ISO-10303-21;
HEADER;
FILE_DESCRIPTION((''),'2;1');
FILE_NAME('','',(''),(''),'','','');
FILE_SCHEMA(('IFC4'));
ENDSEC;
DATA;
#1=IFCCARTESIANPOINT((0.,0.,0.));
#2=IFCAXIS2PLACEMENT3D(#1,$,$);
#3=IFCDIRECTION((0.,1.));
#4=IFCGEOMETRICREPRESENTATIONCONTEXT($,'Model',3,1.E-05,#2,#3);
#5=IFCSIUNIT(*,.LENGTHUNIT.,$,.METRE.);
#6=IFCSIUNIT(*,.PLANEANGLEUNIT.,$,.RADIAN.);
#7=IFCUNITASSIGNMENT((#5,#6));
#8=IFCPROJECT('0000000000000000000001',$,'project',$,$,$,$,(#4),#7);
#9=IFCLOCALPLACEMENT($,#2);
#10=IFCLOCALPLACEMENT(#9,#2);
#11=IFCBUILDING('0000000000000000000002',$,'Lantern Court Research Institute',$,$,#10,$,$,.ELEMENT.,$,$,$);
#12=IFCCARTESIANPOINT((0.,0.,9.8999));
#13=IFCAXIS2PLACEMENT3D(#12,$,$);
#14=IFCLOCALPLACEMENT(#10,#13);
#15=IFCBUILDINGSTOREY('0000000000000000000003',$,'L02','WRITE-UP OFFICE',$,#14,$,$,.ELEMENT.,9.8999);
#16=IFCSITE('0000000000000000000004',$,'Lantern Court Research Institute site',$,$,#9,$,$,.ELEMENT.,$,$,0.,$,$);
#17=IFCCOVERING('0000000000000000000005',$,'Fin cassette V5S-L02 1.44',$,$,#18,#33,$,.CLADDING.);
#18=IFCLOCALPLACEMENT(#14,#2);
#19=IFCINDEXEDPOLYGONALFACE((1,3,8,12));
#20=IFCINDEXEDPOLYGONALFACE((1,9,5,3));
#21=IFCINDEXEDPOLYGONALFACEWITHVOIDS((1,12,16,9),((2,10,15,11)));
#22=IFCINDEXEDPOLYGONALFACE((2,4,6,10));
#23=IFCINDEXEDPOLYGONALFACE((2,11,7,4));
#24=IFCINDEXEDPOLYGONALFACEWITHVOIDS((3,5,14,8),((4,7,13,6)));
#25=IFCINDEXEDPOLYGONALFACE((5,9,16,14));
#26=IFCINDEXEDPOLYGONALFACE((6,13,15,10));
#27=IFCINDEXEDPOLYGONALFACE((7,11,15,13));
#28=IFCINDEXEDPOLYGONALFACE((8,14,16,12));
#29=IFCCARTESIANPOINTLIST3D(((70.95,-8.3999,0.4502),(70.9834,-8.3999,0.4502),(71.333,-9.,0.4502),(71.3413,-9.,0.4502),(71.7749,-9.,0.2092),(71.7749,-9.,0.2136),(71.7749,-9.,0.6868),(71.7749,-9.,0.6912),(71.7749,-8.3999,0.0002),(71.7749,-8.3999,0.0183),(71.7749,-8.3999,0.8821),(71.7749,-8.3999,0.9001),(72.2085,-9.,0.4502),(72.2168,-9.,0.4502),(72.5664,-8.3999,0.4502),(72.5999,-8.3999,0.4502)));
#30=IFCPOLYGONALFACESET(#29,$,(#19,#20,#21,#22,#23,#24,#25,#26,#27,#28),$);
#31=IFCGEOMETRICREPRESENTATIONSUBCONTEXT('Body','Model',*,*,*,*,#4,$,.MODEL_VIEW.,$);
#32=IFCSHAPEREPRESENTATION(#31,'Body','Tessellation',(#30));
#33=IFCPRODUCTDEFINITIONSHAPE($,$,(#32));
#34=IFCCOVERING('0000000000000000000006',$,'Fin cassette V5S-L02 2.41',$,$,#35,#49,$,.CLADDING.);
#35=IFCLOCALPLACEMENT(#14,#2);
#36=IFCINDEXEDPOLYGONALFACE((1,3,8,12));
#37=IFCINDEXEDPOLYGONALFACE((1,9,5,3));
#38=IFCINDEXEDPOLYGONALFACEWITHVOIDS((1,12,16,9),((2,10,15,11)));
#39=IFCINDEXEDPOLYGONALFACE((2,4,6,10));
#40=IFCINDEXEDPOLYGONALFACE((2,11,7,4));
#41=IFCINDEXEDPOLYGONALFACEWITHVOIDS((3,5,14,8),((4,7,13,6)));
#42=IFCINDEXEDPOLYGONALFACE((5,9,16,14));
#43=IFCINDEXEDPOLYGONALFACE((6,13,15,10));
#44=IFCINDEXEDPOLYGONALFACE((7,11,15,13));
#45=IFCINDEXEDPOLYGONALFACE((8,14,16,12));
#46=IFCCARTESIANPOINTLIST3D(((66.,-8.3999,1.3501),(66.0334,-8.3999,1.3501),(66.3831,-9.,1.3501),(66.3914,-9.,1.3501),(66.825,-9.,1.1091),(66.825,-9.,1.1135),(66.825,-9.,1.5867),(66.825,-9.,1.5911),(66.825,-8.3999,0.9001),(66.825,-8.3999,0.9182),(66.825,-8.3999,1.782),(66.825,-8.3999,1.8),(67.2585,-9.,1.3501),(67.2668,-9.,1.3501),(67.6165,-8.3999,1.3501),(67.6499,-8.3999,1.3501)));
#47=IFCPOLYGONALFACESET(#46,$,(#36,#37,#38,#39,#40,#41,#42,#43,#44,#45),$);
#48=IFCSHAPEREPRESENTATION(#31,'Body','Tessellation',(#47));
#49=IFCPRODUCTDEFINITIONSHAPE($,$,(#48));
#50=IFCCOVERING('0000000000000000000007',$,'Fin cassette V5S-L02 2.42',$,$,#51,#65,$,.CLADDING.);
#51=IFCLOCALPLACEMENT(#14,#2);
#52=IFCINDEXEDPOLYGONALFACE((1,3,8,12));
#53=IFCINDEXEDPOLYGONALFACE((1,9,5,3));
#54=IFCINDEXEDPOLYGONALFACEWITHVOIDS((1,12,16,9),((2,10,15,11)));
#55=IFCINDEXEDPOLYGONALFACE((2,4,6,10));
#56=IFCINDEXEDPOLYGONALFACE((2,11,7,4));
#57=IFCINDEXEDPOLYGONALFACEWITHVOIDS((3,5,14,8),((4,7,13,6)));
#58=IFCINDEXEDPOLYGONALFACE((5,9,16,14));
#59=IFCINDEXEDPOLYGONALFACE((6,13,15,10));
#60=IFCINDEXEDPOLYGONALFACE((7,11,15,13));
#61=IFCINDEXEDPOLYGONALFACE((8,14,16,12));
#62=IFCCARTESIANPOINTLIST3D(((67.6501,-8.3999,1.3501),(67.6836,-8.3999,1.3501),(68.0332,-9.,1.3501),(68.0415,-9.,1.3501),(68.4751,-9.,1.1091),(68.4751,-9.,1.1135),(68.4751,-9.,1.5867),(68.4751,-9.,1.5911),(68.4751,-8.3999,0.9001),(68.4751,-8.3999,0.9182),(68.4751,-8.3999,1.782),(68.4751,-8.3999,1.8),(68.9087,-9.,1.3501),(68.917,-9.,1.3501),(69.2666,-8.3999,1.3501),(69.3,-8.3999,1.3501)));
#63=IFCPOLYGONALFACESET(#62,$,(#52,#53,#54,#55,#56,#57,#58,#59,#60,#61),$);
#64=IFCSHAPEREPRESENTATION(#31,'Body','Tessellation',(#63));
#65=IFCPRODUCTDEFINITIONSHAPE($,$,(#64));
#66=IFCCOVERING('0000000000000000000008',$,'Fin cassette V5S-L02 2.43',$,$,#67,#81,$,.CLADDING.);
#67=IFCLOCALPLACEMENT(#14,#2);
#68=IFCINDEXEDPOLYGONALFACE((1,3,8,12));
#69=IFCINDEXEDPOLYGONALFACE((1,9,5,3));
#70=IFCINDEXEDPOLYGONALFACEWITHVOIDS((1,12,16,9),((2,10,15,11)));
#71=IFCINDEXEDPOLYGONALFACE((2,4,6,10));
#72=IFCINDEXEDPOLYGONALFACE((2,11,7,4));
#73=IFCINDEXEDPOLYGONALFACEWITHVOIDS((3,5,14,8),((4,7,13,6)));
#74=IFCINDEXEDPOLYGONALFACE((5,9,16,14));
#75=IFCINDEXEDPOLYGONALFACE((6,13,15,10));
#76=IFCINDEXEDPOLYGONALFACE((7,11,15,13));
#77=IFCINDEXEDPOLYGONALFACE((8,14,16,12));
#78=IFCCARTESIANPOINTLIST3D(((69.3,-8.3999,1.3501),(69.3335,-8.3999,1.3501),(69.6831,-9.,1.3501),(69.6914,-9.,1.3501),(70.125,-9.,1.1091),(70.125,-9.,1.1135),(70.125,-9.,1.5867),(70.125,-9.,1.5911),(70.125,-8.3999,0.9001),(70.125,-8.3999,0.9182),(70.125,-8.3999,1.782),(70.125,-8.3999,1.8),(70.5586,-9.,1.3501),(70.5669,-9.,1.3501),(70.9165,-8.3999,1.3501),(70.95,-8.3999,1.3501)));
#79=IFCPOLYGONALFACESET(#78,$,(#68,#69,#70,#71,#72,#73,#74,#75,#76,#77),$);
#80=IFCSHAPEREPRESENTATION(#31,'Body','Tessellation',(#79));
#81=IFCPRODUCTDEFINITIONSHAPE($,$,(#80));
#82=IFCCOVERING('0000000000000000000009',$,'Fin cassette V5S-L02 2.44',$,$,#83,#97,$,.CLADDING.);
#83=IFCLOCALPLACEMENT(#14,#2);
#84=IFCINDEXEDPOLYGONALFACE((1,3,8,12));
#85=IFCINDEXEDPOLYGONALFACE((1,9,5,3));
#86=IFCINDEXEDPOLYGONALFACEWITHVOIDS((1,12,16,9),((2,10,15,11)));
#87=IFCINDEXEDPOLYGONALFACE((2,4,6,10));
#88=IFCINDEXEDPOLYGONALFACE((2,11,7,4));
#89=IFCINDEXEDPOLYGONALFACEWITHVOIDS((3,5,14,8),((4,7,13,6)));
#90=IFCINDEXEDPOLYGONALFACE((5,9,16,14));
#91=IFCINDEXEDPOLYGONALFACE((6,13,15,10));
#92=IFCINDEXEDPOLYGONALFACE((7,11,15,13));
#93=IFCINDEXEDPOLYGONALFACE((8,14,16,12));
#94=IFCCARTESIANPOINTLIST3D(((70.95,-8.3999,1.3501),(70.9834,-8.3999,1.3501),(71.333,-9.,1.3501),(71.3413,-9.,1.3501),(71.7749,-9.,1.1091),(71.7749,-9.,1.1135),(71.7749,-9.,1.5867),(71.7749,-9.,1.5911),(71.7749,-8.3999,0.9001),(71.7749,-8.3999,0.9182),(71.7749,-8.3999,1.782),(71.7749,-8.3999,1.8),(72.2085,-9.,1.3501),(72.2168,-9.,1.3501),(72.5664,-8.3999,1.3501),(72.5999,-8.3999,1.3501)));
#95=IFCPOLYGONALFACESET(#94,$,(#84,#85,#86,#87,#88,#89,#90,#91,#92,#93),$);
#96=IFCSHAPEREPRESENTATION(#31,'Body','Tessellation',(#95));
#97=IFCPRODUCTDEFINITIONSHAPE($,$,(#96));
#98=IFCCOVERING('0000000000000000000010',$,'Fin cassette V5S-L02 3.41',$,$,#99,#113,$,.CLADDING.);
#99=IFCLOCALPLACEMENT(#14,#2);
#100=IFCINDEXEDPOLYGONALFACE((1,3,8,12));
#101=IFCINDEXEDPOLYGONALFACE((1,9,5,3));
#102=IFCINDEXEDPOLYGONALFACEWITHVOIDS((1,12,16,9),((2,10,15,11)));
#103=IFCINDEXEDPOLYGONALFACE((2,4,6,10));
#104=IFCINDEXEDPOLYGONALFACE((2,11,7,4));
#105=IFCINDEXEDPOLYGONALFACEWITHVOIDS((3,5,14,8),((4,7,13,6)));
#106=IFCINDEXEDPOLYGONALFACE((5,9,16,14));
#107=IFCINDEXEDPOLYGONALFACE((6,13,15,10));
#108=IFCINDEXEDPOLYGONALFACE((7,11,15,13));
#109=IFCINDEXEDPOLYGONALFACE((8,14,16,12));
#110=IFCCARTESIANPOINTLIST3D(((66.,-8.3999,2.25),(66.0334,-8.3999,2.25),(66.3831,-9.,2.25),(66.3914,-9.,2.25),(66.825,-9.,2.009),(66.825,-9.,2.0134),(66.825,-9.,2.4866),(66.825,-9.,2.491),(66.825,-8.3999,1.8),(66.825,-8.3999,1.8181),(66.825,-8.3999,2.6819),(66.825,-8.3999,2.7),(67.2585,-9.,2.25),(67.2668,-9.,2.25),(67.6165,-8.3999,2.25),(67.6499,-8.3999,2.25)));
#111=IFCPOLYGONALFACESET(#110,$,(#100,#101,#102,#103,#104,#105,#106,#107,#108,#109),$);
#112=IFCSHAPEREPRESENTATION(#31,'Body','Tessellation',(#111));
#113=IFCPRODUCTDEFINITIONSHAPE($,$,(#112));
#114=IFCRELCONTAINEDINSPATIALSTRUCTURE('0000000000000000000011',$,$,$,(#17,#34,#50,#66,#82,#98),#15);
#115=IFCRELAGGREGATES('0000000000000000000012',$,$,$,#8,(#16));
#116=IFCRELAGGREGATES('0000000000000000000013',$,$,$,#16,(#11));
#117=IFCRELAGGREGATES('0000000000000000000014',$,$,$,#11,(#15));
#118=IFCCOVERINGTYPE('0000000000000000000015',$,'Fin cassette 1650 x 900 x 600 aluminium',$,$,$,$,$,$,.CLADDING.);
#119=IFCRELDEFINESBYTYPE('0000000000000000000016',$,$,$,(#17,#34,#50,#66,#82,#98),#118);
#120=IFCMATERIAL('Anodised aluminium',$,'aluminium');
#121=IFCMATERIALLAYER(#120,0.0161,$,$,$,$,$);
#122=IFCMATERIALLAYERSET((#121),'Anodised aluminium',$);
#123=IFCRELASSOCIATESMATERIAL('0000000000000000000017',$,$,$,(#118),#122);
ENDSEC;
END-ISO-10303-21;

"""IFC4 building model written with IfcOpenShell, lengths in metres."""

from ifc_helpers import new_model, entity, si_unit, direction, frame, origin, place, context, subcontext, project, spatial, material, layer, layer_set, type_object, element, save


model = new_model("IFC4")

# Units and contexts
model_context = context("Model", 3, precision=1e-05, world=origin(), true_north=direction((0.0, 1.0)))
body_context = subcontext(model_context, "Body", "Model", "MODEL_VIEW")
ifc_project = project(units=[si_unit("LENGTHUNIT", "METRE"), si_unit("PLANEANGLEUNIT", "RADIAN")], contexts=[model_context])

# Site, building, storey
site_placement = place(None, origin())
site = spatial("IfcSite", under=ifc_project, at=site_placement, Name="Lantern Court Research Institute site", CompositionType="ELEMENT", RefElevation=0.0)
building_placement = place(site_placement, origin())
building = spatial("IfcBuilding", under=site, at=building_placement, Name="Lantern Court Research Institute", CompositionType="ELEMENT")
storey_placement = place(building_placement, frame((0.0, 0.0, 9.8999)))
storey = spatial("IfcBuildingStorey", under=building, at=storey_placement, Name="L02", Description="WRITE-UP OFFICE", CompositionType="ELEMENT", Elevation=9.8999)

# Coverings
ifc_material_1 = material(Name="Anodised aluminium", Category="aluminium")
ifc_layer_1 = layer(ifc_material_1, 0.0161)
ifc_layer_set_1 = layer_set([ifc_layer_1], Name="Anodised aluminium")
covering_type = type_object("IfcCoveringType", Name="Fin cassette 1650 x 900 x 600 aluminium", PredefinedType="CLADDING", material=ifc_layer_set_1)
covering_1_placement = place(storey_placement, frame((71.7749, -8.3999, 0.4502), z_axis=(0.0, -1.0, 0.0), x_axis=(1.0, 0.0, 0.0)))
cartesian_point_1 = entity("IfcCartesianPoint", [0.825, 0.0])
cartesian_point_2 = entity("IfcCartesianPoint", [0.7915, 0.0])
cartesian_point_3 = entity("IfcCartesianPoint", [0.4419, 0.0])
cartesian_point_4 = entity("IfcCartesianPoint", [0.4336, 0.0])
element("IfcCovering", 1, at=covering_1_placement, inside=storey, type_object=covering_type, Name="Fin cassette V5S-L02 1.44", PredefinedType="CLADDING", context=body_context, shape_type="SweptSolid", body=[
    entity("IfcExtrudedAreaSolidTapered", entity("IfcArbitraryProfileDefWithVoids", "AREA", None, entity("IfcPolyline", [cartesian_point_1, entity("IfcCartesianPoint", [0.0, 0.45]), entity("IfcCartesianPoint", [-0.825, 0.0]), entity("IfcCartesianPoint", [0.0, -0.45]), cartesian_point_1]), [entity("IfcPolyline", [cartesian_point_2, entity("IfcCartesianPoint", [0.0, 0.4319]), entity("IfcCartesianPoint", [-0.7915, 0.0]), entity("IfcCartesianPoint", [0.0, -0.4319]), cartesian_point_2])]), entity("IfcAxis2Placement3D", entity("IfcCartesianPoint", [0.0, 0.0, 0.0])), entity("IfcDirection", [0.0, 0.0, 1.0]), 0.6001, entity("IfcArbitraryProfileDefWithVoids", "AREA", None, entity("IfcPolyline", [cartesian_point_3, entity("IfcCartesianPoint", [0.0, 0.241]), entity("IfcCartesianPoint", [-0.4419, 0.0]), entity("IfcCartesianPoint", [0.0, -0.241]), cartesian_point_3]), [entity("IfcPolyline", [cartesian_point_4, entity("IfcCartesianPoint", [0.0, 0.2366]), entity("IfcCartesianPoint", [-0.4336, 0.0]), entity("IfcCartesianPoint", [0.0, -0.2366]), cartesian_point_4])])),
])
covering_2_placement = place(storey_placement, frame((66.825, -8.3999, 1.3501), z_axis=(0.0, -1.0, 0.0), x_axis=(1.0, 0.0, 0.0)))
cartesian_point_5 = entity("IfcCartesianPoint", [0.825, 0.0])
cartesian_point_6 = entity("IfcCartesianPoint", [0.7915, 0.0])
cartesian_point_7 = entity("IfcCartesianPoint", [0.4419, 0.0])
cartesian_point_8 = entity("IfcCartesianPoint", [0.4336, 0.0])
element("IfcCovering", 2, at=covering_2_placement, inside=storey, type_object=covering_type, Name="Fin cassette V5S-L02 2.41", PredefinedType="CLADDING", context=body_context, shape_type="SweptSolid", body=[
    entity("IfcExtrudedAreaSolidTapered", entity("IfcArbitraryProfileDefWithVoids", "AREA", None, entity("IfcPolyline", [cartesian_point_5, entity("IfcCartesianPoint", [0.0, 0.45]), entity("IfcCartesianPoint", [-0.825, 0.0]), entity("IfcCartesianPoint", [0.0, -0.45]), cartesian_point_5]), [entity("IfcPolyline", [cartesian_point_6, entity("IfcCartesianPoint", [0.0, 0.4319]), entity("IfcCartesianPoint", [-0.7915, 0.0]), entity("IfcCartesianPoint", [0.0, -0.4319]), cartesian_point_6])]), entity("IfcAxis2Placement3D", entity("IfcCartesianPoint", [0.0, 0.0, 0.0])), entity("IfcDirection", [0.0, 0.0, 1.0]), 0.6001, entity("IfcArbitraryProfileDefWithVoids", "AREA", None, entity("IfcPolyline", [cartesian_point_7, entity("IfcCartesianPoint", [0.0, 0.241]), entity("IfcCartesianPoint", [-0.4419, 0.0]), entity("IfcCartesianPoint", [0.0, -0.241]), cartesian_point_7]), [entity("IfcPolyline", [cartesian_point_8, entity("IfcCartesianPoint", [0.0, 0.2366]), entity("IfcCartesianPoint", [-0.4336, 0.0]), entity("IfcCartesianPoint", [0.0, -0.2366]), cartesian_point_8])])),
])
covering_3_placement = place(storey_placement, frame((68.4751, -8.3999, 1.3501), z_axis=(0.0, -1.0, 0.0), x_axis=(1.0, 0.0, 0.0)))
cartesian_point_9 = entity("IfcCartesianPoint", [0.825, 0.0])
cartesian_point_10 = entity("IfcCartesianPoint", [0.7915, 0.0])
cartesian_point_11 = entity("IfcCartesianPoint", [0.4419, 0.0])
cartesian_point_12 = entity("IfcCartesianPoint", [0.4336, 0.0])
element("IfcCovering", 3, at=covering_3_placement, inside=storey, type_object=covering_type, Name="Fin cassette V5S-L02 2.42", PredefinedType="CLADDING", context=body_context, shape_type="SweptSolid", body=[
    entity("IfcExtrudedAreaSolidTapered", entity("IfcArbitraryProfileDefWithVoids", "AREA", None, entity("IfcPolyline", [cartesian_point_9, entity("IfcCartesianPoint", [0.0, 0.45]), entity("IfcCartesianPoint", [-0.825, 0.0]), entity("IfcCartesianPoint", [0.0, -0.45]), cartesian_point_9]), [entity("IfcPolyline", [cartesian_point_10, entity("IfcCartesianPoint", [0.0, 0.4319]), entity("IfcCartesianPoint", [-0.7915, 0.0]), entity("IfcCartesianPoint", [0.0, -0.4319]), cartesian_point_10])]), entity("IfcAxis2Placement3D", entity("IfcCartesianPoint", [0.0, 0.0, 0.0])), entity("IfcDirection", [0.0, 0.0, 1.0]), 0.6001, entity("IfcArbitraryProfileDefWithVoids", "AREA", None, entity("IfcPolyline", [cartesian_point_11, entity("IfcCartesianPoint", [0.0, 0.241]), entity("IfcCartesianPoint", [-0.4419, 0.0]), entity("IfcCartesianPoint", [0.0, -0.241]), cartesian_point_11]), [entity("IfcPolyline", [cartesian_point_12, entity("IfcCartesianPoint", [0.0, 0.2366]), entity("IfcCartesianPoint", [-0.4336, 0.0]), entity("IfcCartesianPoint", [0.0, -0.2366]), cartesian_point_12])])),
])
covering_4_placement = place(storey_placement, frame((70.125, -8.3999, 1.3501), z_axis=(0.0, -1.0, 0.0), x_axis=(1.0, 0.0, 0.0)))
cartesian_point_13 = entity("IfcCartesianPoint", [0.825, 0.0])
cartesian_point_14 = entity("IfcCartesianPoint", [0.7915, 0.0])
cartesian_point_15 = entity("IfcCartesianPoint", [0.4419, 0.0])
cartesian_point_16 = entity("IfcCartesianPoint", [0.4336, 0.0])
element("IfcCovering", 4, at=covering_4_placement, inside=storey, type_object=covering_type, Name="Fin cassette V5S-L02 2.43", PredefinedType="CLADDING", context=body_context, shape_type="SweptSolid", body=[
    entity("IfcExtrudedAreaSolidTapered", entity("IfcArbitraryProfileDefWithVoids", "AREA", None, entity("IfcPolyline", [cartesian_point_13, entity("IfcCartesianPoint", [0.0, 0.45]), entity("IfcCartesianPoint", [-0.825, 0.0]), entity("IfcCartesianPoint", [0.0, -0.45]), cartesian_point_13]), [entity("IfcPolyline", [cartesian_point_14, entity("IfcCartesianPoint", [0.0, 0.4319]), entity("IfcCartesianPoint", [-0.7915, 0.0]), entity("IfcCartesianPoint", [0.0, -0.4319]), cartesian_point_14])]), entity("IfcAxis2Placement3D", entity("IfcCartesianPoint", [0.0, 0.0, 0.0])), entity("IfcDirection", [0.0, 0.0, 1.0]), 0.6001, entity("IfcArbitraryProfileDefWithVoids", "AREA", None, entity("IfcPolyline", [cartesian_point_15, entity("IfcCartesianPoint", [0.0, 0.241]), entity("IfcCartesianPoint", [-0.4419, 0.0]), entity("IfcCartesianPoint", [0.0, -0.241]), cartesian_point_15]), [entity("IfcPolyline", [cartesian_point_16, entity("IfcCartesianPoint", [0.0, 0.2366]), entity("IfcCartesianPoint", [-0.4336, 0.0]), entity("IfcCartesianPoint", [0.0, -0.2366]), cartesian_point_16])])),
])
covering_5_placement = place(storey_placement, frame((71.7749, -8.3999, 1.3501), z_axis=(0.0, -1.0, 0.0), x_axis=(1.0, 0.0, 0.0)))
cartesian_point_17 = entity("IfcCartesianPoint", [0.825, 0.0])
cartesian_point_18 = entity("IfcCartesianPoint", [0.7915, 0.0])
cartesian_point_19 = entity("IfcCartesianPoint", [0.4419, 0.0])
cartesian_point_20 = entity("IfcCartesianPoint", [0.4336, 0.0])
element("IfcCovering", 5, at=covering_5_placement, inside=storey, type_object=covering_type, Name="Fin cassette V5S-L02 2.44", PredefinedType="CLADDING", context=body_context, shape_type="SweptSolid", body=[
    entity("IfcExtrudedAreaSolidTapered", entity("IfcArbitraryProfileDefWithVoids", "AREA", None, entity("IfcPolyline", [cartesian_point_17, entity("IfcCartesianPoint", [0.0, 0.45]), entity("IfcCartesianPoint", [-0.825, 0.0]), entity("IfcCartesianPoint", [0.0, -0.45]), cartesian_point_17]), [entity("IfcPolyline", [cartesian_point_18, entity("IfcCartesianPoint", [0.0, 0.4319]), entity("IfcCartesianPoint", [-0.7915, 0.0]), entity("IfcCartesianPoint", [0.0, -0.4319]), cartesian_point_18])]), entity("IfcAxis2Placement3D", entity("IfcCartesianPoint", [0.0, 0.0, 0.0])), entity("IfcDirection", [0.0, 0.0, 1.0]), 0.6001, entity("IfcArbitraryProfileDefWithVoids", "AREA", None, entity("IfcPolyline", [cartesian_point_19, entity("IfcCartesianPoint", [0.0, 0.241]), entity("IfcCartesianPoint", [-0.4419, 0.0]), entity("IfcCartesianPoint", [0.0, -0.241]), cartesian_point_19]), [entity("IfcPolyline", [cartesian_point_20, entity("IfcCartesianPoint", [0.0, 0.2366]), entity("IfcCartesianPoint", [-0.4336, 0.0]), entity("IfcCartesianPoint", [0.0, -0.2366]), cartesian_point_20])])),
])
covering_6_placement = place(storey_placement, frame((66.825, -8.3999, 2.25), z_axis=(0.0, -1.0, 0.0), x_axis=(1.0, 0.0, 0.0)))
cartesian_point_21 = entity("IfcCartesianPoint", [0.825, 0.0])
cartesian_point_22 = entity("IfcCartesianPoint", [0.7915, 0.0])
cartesian_point_23 = entity("IfcCartesianPoint", [0.4419, 0.0])
cartesian_point_24 = entity("IfcCartesianPoint", [0.4336, 0.0])
element("IfcCovering", 6, at=covering_6_placement, inside=storey, type_object=covering_type, Name="Fin cassette V5S-L02 3.41", PredefinedType="CLADDING", context=body_context, shape_type="SweptSolid", body=[
    entity("IfcExtrudedAreaSolidTapered", entity("IfcArbitraryProfileDefWithVoids", "AREA", None, entity("IfcPolyline", [cartesian_point_21, entity("IfcCartesianPoint", [0.0, 0.45]), entity("IfcCartesianPoint", [-0.825, 0.0]), entity("IfcCartesianPoint", [0.0, -0.45]), cartesian_point_21]), [entity("IfcPolyline", [cartesian_point_22, entity("IfcCartesianPoint", [0.0, 0.4319]), entity("IfcCartesianPoint", [-0.7915, 0.0]), entity("IfcCartesianPoint", [0.0, -0.4319]), cartesian_point_22])]), entity("IfcAxis2Placement3D", entity("IfcCartesianPoint", [0.0, 0.0, 0.0])), entity("IfcDirection", [0.0, 0.0, 1.0]), 0.6001, entity("IfcArbitraryProfileDefWithVoids", "AREA", None, entity("IfcPolyline", [cartesian_point_23, entity("IfcCartesianPoint", [0.0, 0.241]), entity("IfcCartesianPoint", [-0.4419, 0.0]), entity("IfcCartesianPoint", [0.0, -0.241]), cartesian_point_23]), [entity("IfcPolyline", [cartesian_point_24, entity("IfcCartesianPoint", [0.0, 0.2366]), entity("IfcCartesianPoint", [-0.4336, 0.0]), entity("IfcCartesianPoint", [0.0, -0.2366]), cartesian_point_24])])),
])

save(model, "model.ifc")
